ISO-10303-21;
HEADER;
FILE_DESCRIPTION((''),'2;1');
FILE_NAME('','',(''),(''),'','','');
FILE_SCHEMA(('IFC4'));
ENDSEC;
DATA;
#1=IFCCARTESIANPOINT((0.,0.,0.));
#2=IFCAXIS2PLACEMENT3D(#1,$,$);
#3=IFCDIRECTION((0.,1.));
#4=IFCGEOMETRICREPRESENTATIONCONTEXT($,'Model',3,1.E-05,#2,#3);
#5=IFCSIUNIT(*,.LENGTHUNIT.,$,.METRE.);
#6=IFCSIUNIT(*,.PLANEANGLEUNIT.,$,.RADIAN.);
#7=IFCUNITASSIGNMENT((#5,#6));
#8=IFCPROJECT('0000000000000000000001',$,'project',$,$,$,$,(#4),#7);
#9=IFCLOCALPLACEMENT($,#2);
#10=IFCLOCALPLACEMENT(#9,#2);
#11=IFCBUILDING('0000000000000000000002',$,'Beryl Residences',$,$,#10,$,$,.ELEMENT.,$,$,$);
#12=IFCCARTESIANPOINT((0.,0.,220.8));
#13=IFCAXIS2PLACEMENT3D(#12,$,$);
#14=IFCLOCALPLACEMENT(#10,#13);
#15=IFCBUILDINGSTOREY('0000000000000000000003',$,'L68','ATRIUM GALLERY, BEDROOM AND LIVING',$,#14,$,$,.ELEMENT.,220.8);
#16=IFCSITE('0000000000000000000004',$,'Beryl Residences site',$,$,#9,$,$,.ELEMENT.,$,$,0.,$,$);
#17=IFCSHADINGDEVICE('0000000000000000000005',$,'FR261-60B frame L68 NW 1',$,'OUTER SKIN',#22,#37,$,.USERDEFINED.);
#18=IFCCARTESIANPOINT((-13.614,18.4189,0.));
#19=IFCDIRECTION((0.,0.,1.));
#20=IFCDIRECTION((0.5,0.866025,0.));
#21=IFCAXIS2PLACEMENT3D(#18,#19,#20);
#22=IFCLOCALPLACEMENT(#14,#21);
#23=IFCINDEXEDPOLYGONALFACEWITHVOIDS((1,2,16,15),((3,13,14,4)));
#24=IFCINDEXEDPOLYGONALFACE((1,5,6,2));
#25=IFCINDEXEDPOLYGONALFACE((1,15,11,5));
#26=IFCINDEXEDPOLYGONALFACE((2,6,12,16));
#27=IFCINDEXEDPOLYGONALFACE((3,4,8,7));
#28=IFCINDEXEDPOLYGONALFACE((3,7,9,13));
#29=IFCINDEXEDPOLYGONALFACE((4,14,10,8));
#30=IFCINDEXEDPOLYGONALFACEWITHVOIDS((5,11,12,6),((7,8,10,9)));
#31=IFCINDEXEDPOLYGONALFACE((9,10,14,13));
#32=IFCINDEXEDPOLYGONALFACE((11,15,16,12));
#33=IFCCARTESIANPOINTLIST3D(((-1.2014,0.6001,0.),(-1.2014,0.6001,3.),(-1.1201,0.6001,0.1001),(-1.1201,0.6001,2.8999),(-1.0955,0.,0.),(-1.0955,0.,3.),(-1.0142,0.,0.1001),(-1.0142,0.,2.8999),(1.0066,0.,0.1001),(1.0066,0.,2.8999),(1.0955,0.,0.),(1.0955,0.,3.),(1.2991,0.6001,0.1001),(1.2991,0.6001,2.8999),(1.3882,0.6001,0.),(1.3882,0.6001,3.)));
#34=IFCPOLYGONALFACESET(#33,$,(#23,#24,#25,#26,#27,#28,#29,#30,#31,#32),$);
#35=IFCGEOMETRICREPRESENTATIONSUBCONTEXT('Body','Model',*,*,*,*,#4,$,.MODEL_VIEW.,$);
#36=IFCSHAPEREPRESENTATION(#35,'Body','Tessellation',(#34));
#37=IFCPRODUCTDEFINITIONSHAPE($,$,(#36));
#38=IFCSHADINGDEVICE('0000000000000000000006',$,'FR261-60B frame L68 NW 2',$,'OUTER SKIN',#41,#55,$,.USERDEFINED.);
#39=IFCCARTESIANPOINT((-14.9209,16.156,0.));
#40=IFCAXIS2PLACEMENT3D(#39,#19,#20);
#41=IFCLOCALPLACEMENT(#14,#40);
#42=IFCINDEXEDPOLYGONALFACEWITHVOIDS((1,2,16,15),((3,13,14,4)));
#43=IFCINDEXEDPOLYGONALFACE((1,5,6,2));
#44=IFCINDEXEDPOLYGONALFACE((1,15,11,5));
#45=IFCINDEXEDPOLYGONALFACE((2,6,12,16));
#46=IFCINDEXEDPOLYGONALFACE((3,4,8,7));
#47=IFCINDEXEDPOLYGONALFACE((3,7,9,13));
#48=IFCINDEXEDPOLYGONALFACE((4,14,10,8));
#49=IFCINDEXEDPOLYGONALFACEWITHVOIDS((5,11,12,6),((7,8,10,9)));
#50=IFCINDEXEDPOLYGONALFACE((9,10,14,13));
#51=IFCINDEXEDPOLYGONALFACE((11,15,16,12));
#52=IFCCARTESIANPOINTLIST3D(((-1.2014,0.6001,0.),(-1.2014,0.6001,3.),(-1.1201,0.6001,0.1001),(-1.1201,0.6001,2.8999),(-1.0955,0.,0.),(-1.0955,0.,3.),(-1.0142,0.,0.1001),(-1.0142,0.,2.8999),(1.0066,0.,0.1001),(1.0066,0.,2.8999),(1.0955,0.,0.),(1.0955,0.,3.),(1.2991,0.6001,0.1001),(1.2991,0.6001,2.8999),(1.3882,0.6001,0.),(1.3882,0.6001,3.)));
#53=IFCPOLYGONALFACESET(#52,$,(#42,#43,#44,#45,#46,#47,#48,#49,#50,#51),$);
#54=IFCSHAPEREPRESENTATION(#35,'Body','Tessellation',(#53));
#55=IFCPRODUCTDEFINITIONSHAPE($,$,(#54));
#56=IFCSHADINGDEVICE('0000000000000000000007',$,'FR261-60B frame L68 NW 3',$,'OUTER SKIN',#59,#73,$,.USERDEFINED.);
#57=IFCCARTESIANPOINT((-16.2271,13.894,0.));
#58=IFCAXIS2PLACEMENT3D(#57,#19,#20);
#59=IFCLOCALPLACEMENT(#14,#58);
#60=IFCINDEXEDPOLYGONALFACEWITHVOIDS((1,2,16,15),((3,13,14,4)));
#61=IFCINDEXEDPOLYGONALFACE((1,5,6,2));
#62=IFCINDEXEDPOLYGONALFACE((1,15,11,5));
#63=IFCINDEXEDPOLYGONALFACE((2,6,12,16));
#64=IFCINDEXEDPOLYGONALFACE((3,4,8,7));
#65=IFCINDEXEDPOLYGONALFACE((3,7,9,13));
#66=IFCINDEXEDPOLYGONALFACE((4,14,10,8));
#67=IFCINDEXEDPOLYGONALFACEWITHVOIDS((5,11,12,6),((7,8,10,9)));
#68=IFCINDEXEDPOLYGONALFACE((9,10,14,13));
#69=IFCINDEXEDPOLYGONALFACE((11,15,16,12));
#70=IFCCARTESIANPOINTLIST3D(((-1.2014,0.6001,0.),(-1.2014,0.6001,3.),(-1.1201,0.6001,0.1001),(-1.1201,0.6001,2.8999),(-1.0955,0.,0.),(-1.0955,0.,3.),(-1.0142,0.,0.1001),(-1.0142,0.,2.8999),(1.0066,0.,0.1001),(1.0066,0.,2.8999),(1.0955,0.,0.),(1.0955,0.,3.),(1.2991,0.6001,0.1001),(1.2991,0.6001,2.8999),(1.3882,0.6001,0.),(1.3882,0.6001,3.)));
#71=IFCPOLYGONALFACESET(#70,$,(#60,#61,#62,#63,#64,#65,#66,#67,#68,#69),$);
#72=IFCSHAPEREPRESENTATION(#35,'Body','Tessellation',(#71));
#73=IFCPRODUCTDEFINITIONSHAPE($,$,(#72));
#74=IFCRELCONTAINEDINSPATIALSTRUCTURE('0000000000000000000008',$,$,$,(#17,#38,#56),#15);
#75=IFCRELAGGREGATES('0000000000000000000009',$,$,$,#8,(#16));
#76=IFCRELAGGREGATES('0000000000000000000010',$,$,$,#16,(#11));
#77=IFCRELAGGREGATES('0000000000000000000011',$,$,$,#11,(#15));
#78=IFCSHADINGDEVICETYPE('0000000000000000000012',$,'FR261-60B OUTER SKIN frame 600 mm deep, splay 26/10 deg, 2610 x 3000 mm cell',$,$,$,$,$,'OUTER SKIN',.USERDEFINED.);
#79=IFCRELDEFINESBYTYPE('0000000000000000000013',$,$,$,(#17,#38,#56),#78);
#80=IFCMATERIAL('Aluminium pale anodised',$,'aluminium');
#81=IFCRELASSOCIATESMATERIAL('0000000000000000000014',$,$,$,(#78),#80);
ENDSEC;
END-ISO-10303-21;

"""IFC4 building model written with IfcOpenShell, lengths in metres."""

from ifc_helpers import new_model, entity, si_unit, direction, frame, origin, place, context, subcontext, project, spatial, source, transform, mapped, material, type_object, type_shapes, element, save


model = new_model("IFC4")

# Units and contexts
model_context = context("Model", 3, precision=1e-05, world=origin(), true_north=direction((0.0, 1.0)))
body_context = subcontext(model_context, "Body", "Model", "MODEL_VIEW")
ifc_project = project(units=[si_unit("LENGTHUNIT", "METRE"), si_unit("PLANEANGLEUNIT", "RADIAN")], contexts=[model_context])

# Site, building, storey
site_placement = place(None, origin())
site = spatial("IfcSite", under=ifc_project, at=site_placement, Name="Beryl Residences site", CompositionType="ELEMENT", RefElevation=0.0)
building_placement = place(site_placement, origin())
building = spatial("IfcBuilding", under=site, at=building_placement, Name="Beryl Residences", CompositionType="ELEMENT")
storey_placement = place(building_placement, frame((0.0, 0.0, 220.8)))
storey = spatial("IfcBuildingStorey", under=building, at=storey_placement, Name="L68", Description="ATRIUM GALLERY, BEDROOM AND LIVING", CompositionType="ELEMENT", Elevation=220.8)

# Shading devices
ifc_material_1 = material(Name="Aluminium pale anodised", Category="aluminium")
shading_device_type = type_object("IfcShadingDeviceType", Name="FR261-60B OUTER SKIN frame 600 mm deep, splay 26/10 deg, 2610 x 3000 mm cell", ElementType="OUTER SKIN", PredefinedType="USERDEFINED", material=ifc_material_1)
cartesian_point_1 = entity("IfcCartesianPoint", [-1.0955, 0.0])
cartesian_point_2 = entity("IfcCartesianPoint", [-1.0066, 0.1001])
cartesian_point_3 = entity("IfcCartesianPoint", [-1.3882, 0.0])
cartesian_point_4 = entity("IfcCartesianPoint", [-1.2991, 0.1001])
shared_shape_1 = source(origin(), body_context, "Body", "SweptSolid", [
    entity("IfcExtrudedAreaSolidTapered", entity("IfcArbitraryProfileDefWithVoids", "AREA", None, entity("IfcPolyline", [cartesian_point_1, entity("IfcCartesianPoint", [1.0955, 0.0]), entity("IfcCartesianPoint", [1.0955, 3.0]), entity("IfcCartesianPoint", [-1.0955, 3.0]), cartesian_point_1]), [entity("IfcPolyline", [cartesian_point_2, entity("IfcCartesianPoint", [1.0142, 0.1001]), entity("IfcCartesianPoint", [1.0142, 2.8999]), entity("IfcCartesianPoint", [-1.0066, 2.8999]), cartesian_point_2])]), entity("IfcAxis2Placement3D", entity("IfcCartesianPoint", [0.0, 0.0, 0.0]), entity("IfcDirection", [0.0, 1.0, 0.0]), entity("IfcDirection", [-1.0, 0.0, 0.0])), entity("IfcDirection", [0.0, 0.0, 1.0]), 0.6001, entity("IfcArbitraryProfileDefWithVoids", "AREA", None, entity("IfcPolyline", [cartesian_point_3, entity("IfcCartesianPoint", [1.2014, 0.0]), entity("IfcCartesianPoint", [1.2014, 3.0]), entity("IfcCartesianPoint", [-1.3882, 3.0]), cartesian_point_3]), [entity("IfcPolyline", [cartesian_point_4, entity("IfcCartesianPoint", [1.1201, 0.1001]), entity("IfcCartesianPoint", [1.1201, 2.8999]), entity("IfcCartesianPoint", [-1.2991, 2.8999]), cartesian_point_4])])),
])
type_shapes(shading_device_type, [shared_shape_1])
for number, where, z_axis, x_axis, name in (
    (1, (-13.614, 18.4189, 0.0), (0.0, 0.0, 1.0), (0.5, 0.866025, 0.0), "FR261-60B frame L68 NW 1"),
    (2, (-14.9209, 16.156, 0.0), (0.0, 0.0, 1.0), (0.5, 0.866025, 0.0), "FR261-60B frame L68 NW 2"),
    (3, (-16.2271, 13.894, 0.0), (0.0, 0.0, 1.0), (0.5, 0.866025, 0.0), "FR261-60B frame L68 NW 3"),
):
    element("IfcShadingDevice", number, at=place(storey_placement, frame(where, z_axis=z_axis, x_axis=x_axis)), inside=storey, type_object=shading_device_type, Name=name, ObjectType="OUTER SKIN", PredefinedType="USERDEFINED", context=body_context, shape_type="MappedRepresentation", body=[
        mapped(shared_shape_1, transform((0.0, 0.0, 0.0))),
    ])

save(model, "model.ifc")
